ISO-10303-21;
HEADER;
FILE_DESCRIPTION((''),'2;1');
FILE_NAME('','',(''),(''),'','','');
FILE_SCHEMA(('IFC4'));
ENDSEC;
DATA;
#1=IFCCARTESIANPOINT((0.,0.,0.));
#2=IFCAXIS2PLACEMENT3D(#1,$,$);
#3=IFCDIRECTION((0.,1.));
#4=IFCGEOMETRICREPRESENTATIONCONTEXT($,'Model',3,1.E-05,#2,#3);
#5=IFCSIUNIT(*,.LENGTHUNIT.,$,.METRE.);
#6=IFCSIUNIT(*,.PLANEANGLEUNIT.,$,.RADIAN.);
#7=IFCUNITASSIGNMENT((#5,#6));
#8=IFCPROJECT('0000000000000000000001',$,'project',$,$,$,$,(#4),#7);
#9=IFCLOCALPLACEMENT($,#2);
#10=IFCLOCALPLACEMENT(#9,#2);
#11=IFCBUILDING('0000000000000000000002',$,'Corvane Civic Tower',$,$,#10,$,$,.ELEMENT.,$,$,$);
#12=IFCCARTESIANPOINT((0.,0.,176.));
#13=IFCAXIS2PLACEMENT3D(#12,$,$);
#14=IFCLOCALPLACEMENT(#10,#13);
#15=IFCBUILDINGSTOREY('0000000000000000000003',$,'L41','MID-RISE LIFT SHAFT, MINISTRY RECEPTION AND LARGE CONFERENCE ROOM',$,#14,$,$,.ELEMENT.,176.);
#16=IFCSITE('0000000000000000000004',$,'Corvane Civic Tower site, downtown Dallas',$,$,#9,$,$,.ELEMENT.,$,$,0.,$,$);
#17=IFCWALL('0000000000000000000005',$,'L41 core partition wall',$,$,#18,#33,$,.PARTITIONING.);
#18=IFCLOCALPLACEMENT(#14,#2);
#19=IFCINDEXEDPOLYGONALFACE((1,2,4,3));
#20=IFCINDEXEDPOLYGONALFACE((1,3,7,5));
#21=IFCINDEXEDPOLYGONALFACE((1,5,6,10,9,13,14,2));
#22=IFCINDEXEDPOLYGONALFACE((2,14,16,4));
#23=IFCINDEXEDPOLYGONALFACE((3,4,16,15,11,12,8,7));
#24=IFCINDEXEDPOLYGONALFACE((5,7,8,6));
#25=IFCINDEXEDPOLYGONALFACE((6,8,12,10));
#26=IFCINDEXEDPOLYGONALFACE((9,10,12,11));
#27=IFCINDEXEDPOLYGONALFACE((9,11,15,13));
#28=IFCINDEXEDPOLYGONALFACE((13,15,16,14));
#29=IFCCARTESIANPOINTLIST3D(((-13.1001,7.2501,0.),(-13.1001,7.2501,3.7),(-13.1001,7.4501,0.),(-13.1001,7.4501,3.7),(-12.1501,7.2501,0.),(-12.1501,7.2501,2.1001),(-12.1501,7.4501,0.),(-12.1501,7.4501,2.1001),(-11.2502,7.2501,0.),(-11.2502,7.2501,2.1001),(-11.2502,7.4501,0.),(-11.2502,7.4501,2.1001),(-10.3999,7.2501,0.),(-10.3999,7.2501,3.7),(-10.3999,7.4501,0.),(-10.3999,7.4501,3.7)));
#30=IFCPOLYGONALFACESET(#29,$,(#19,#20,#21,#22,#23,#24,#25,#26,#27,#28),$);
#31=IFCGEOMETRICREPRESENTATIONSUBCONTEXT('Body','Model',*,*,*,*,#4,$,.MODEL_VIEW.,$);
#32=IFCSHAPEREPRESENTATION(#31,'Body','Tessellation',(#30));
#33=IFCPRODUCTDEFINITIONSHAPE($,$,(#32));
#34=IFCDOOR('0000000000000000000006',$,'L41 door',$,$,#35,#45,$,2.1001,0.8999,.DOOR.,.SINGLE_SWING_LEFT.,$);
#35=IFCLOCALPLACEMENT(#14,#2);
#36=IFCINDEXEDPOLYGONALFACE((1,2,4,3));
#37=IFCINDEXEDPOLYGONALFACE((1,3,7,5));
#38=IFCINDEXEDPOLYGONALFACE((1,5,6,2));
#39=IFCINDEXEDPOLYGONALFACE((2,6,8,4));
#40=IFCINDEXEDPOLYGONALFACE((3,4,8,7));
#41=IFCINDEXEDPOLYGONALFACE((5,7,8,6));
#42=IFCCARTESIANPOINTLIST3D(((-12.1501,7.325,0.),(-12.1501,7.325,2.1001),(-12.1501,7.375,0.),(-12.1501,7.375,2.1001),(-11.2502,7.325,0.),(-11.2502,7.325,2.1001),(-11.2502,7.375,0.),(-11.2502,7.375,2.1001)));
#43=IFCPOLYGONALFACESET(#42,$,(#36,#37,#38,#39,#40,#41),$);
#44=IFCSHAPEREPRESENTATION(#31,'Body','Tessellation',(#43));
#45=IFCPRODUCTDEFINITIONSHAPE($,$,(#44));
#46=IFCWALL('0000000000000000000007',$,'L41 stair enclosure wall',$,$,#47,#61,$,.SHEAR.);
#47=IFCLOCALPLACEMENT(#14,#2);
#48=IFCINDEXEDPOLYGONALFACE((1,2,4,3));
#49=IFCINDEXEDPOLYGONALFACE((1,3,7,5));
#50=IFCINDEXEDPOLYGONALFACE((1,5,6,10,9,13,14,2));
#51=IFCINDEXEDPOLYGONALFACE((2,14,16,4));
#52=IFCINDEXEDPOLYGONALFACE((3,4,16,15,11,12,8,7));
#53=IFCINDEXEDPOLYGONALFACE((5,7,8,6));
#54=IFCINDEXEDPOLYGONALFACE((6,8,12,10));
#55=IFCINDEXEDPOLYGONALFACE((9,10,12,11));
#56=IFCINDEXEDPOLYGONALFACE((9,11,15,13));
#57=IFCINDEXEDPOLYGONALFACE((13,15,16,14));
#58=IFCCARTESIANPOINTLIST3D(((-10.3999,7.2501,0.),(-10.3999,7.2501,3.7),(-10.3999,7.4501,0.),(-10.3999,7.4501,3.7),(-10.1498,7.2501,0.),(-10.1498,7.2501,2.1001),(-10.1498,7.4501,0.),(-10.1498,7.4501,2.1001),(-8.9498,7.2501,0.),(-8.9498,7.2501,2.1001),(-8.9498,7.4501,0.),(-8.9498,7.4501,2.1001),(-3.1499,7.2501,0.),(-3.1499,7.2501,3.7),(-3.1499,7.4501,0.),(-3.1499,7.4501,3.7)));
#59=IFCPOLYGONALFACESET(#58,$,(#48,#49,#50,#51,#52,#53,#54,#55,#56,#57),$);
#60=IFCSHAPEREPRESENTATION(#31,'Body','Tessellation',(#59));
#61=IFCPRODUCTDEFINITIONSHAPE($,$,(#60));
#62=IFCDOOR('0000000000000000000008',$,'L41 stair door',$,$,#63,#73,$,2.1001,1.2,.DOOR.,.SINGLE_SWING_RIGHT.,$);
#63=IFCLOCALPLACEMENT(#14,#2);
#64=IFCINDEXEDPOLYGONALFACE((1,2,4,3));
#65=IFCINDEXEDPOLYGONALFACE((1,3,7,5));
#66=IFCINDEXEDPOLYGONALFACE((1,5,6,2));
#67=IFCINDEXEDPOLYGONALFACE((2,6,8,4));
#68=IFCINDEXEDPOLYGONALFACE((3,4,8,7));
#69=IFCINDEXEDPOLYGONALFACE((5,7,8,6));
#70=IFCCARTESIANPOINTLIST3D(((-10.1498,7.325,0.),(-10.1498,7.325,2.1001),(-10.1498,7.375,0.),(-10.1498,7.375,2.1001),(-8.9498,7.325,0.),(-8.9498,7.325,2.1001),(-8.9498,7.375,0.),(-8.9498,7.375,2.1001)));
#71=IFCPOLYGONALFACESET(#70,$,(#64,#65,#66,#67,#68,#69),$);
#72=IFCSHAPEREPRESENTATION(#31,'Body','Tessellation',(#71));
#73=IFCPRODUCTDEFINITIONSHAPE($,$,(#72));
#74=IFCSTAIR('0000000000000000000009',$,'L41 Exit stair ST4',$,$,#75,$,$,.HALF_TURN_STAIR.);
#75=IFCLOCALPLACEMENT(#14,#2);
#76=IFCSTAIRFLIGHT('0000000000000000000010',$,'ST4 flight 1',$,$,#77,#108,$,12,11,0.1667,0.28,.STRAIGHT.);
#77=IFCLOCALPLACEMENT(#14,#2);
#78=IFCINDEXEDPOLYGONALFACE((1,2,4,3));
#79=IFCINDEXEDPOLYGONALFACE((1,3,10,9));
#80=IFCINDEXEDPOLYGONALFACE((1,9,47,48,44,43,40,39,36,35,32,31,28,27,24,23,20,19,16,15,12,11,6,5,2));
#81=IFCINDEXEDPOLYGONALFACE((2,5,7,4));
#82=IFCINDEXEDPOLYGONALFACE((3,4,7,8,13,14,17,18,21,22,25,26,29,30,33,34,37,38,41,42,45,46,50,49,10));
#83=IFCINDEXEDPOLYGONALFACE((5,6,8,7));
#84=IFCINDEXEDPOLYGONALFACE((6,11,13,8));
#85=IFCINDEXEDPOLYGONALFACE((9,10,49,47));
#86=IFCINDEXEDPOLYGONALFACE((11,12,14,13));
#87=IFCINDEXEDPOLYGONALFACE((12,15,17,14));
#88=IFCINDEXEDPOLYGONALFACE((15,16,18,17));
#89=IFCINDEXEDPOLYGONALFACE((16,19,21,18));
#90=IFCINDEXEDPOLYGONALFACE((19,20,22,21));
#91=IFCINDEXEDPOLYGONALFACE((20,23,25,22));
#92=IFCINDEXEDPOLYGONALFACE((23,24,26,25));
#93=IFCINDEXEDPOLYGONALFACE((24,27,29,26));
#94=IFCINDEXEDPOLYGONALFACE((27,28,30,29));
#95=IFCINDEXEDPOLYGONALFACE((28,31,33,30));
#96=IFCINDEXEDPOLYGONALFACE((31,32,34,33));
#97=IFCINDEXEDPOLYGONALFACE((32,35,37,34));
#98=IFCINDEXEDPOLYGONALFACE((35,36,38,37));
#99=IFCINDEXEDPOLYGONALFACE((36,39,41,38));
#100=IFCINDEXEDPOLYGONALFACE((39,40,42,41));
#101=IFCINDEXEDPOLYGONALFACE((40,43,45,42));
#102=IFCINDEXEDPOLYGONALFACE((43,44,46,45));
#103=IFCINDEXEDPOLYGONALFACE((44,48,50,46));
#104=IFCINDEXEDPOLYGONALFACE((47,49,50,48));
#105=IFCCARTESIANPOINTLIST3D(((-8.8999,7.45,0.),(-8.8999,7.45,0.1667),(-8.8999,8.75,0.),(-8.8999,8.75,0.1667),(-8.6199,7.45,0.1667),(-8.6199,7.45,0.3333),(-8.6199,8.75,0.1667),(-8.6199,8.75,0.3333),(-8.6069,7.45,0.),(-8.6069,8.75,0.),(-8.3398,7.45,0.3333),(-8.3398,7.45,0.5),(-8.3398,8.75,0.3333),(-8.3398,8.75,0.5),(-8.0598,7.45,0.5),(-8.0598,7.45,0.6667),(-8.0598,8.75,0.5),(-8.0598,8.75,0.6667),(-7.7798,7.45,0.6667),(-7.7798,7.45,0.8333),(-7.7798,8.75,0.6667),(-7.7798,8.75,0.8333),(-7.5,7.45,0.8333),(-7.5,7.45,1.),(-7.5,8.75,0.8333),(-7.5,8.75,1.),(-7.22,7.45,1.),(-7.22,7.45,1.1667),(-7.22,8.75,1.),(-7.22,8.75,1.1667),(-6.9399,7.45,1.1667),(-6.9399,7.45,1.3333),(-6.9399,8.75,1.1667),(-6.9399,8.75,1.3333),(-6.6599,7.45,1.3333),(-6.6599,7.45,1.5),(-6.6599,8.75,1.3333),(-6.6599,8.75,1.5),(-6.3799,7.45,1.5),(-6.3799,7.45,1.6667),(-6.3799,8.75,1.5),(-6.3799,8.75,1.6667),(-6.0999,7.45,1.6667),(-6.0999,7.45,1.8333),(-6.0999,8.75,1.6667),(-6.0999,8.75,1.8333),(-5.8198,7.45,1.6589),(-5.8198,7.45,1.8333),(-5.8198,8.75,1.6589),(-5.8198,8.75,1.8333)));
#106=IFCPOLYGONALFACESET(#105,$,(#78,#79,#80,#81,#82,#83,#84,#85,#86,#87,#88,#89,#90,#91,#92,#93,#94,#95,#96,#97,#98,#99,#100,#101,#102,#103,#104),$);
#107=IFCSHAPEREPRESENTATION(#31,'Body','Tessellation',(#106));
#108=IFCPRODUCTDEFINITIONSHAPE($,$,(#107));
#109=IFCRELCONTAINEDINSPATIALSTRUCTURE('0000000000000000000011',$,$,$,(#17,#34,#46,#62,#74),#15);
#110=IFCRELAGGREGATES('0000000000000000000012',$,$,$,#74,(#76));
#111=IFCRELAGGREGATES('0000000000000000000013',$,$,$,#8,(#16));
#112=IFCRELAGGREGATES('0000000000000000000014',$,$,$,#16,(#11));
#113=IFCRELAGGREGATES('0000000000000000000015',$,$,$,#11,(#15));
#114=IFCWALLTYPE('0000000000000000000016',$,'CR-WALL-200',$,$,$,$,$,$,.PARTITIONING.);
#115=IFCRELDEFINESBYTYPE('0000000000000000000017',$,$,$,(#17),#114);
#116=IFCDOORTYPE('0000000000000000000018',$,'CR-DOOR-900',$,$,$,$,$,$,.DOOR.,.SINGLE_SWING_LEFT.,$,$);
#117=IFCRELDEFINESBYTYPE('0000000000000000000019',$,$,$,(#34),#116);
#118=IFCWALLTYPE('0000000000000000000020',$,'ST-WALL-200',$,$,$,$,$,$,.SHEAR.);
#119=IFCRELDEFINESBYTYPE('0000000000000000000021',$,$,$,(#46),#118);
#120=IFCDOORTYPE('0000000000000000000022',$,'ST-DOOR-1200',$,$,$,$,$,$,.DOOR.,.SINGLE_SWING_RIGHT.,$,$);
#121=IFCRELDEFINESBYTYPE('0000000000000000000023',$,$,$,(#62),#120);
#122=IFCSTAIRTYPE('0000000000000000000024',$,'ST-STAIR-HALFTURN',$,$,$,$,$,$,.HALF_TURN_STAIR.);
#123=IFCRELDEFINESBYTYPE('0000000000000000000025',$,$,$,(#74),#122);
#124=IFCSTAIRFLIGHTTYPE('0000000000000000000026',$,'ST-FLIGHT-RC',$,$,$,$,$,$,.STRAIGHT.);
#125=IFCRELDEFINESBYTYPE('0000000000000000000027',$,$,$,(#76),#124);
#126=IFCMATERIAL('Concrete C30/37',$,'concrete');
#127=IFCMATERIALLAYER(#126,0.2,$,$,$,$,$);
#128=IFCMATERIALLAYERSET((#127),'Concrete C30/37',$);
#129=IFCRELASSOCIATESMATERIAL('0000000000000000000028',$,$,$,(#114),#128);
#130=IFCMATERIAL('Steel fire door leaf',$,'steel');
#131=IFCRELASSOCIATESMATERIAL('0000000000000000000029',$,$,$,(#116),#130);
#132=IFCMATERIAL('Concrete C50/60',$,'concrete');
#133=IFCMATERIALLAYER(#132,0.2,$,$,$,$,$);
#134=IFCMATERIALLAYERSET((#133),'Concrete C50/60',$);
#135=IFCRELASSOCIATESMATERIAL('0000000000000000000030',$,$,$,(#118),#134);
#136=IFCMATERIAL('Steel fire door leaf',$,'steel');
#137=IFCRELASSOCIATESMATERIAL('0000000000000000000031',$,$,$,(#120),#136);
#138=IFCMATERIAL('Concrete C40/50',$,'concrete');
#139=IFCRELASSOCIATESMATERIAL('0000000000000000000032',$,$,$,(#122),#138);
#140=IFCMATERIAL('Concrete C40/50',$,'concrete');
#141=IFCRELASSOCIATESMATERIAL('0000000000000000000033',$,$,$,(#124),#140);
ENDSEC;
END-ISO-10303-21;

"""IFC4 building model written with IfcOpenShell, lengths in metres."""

from ifc_helpers import new_model, si_unit, direction, frame, frame_2d, origin, place, context, subcontext, project, spatial, polyline, rectangle, outline, extrude, material, layer, layer_set, type_object, element, fill, aggregate, save


model = new_model("IFC4")

# Units and contexts
model_context = context("Model", 3, precision=1e-05, world=origin(), true_north=direction((0.0, 1.0)))
body_context = subcontext(model_context, "Body", "Model", "MODEL_VIEW")
ifc_project = project(units=[si_unit("LENGTHUNIT", "METRE"), si_unit("PLANEANGLEUNIT", "RADIAN")], contexts=[model_context])

# Site, building, storey
site_placement = place(None, origin())
site = spatial("IfcSite", under=ifc_project, at=site_placement, Name="Corvane Civic Tower site, downtown Dallas", CompositionType="ELEMENT", RefElevation=0.0)
building_placement = place(site_placement, origin())
building = spatial("IfcBuilding", under=site, at=building_placement, Name="Corvane Civic Tower", CompositionType="ELEMENT")
storey_placement = place(building_placement, frame((0.0, 0.0, 176.0)))
storey = spatial("IfcBuildingStorey", under=building, at=storey_placement, Name="L41", Description="MID-RISE LIFT SHAFT, MINISTRY RECEPTION AND LARGE CONFERENCE ROOM", CompositionType="ELEMENT", Elevation=176.0)

# Shared definitions
ifc_material_1 = material(Name="Concrete C30/37", Category="concrete")
ifc_layer_1 = layer(ifc_material_1, 0.2)
ifc_layer_set_1 = layer_set([ifc_layer_1], Name="Concrete C30/37")
wall_type_1 = type_object("IfcWallType", Name="CR-WALL-200", PredefinedType="PARTITIONING", material=ifc_layer_set_1)
ifc_material_2 = material(Name="Steel fire door leaf", Category="steel")
door_type_1 = type_object("IfcDoorType", Name="CR-DOOR-900", OperationType="SINGLE_SWING_LEFT", PredefinedType="DOOR", material=ifc_material_2)

# Walls, openings, doors
wall_1_placement = place(storey_placement, frame((-13.1001, 7.3501, 0.0), z_axis=(0.0, 0.0, 1.0), x_axis=(1.0, 0.0, 0.0)))
wall_1 = element("IfcWall", 1, at=wall_1_placement, inside=storey, type_object=wall_type_1, Name="L41 core partition wall", PredefinedType="PARTITIONING", context=body_context, shape_type="SweptSolid", body=[
    extrude(rectangle(XDim=2.7002, YDim=0.2, at=frame_2d((1.3501, 0.0))), origin(), (0.0, 0.0, 1.0), 3.7),
])
opening_1_placement = place(wall_1_placement, frame((0.95, 0.0, 0.0)))
opening_1 = element("IfcOpeningElement", 2, at=opening_1_placement, cuts=wall_1, PredefinedType="OPENING", context=body_context, shape_type="SweptSolid", body=[
    extrude(rectangle(XDim=0.8999, YDim=2.1001, at=frame_2d((0.45, 1.05))), frame((0.0, 0.1099, 0.0), z_axis=(0.0, -1.0, 0.0), x_axis=(1.0, 0.0, 0.0)), (0.0, 0.0, 1.0), 0.22),
])
door_1_placement = place(opening_1_placement, origin())
door_1 = element("IfcDoor", 3, at=door_1_placement, inside=storey, type_object=door_type_1, Name="L41 door", OperationType="SINGLE_SWING_LEFT", OverallHeight=2.1001, OverallWidth=0.8999, PredefinedType="DOOR", context=body_context, shape_type="SweptSolid", body=[
    extrude(rectangle(XDim=0.8999, YDim=2.1001, at=frame_2d((0.45, 1.05))), frame((0.0, 0.0249, 0.0), z_axis=(0.0, -1.0, 0.0), x_axis=(1.0, 0.0, 0.0)), (0.0, 0.0, 1.0), 0.05),
])
fill(opening_1, door_1)
ifc_material_3 = material(Name="Concrete C50/60", Category="concrete")
ifc_layer_2 = layer(ifc_material_3, 0.2)
ifc_layer_set_2 = layer_set([ifc_layer_2], Name="Concrete C50/60")
wall_type_2 = type_object("IfcWallType", Name="ST-WALL-200", PredefinedType="SHEAR", material=ifc_layer_set_2)
wall_2_placement = place(storey_placement, frame((-10.3999, 7.3501, 0.0), z_axis=(0.0, 0.0, 1.0), x_axis=(1.0, 0.0, 0.0)))
wall_2 = element("IfcWall", 4, at=wall_2_placement, inside=storey, type_object=wall_type_2, Name="L41 stair enclosure wall", PredefinedType="SHEAR", context=body_context, shape_type="SweptSolid", body=[
    extrude(rectangle(XDim=7.25, YDim=0.2, at=frame_2d((3.625, 0.0))), origin(), (0.0, 0.0, 1.0), 3.7),
])
opening_2_placement = place(wall_2_placement, frame((0.25, 0.0, 0.0)))
opening_2 = element("IfcOpeningElement", 5, at=opening_2_placement, cuts=wall_2, PredefinedType="OPENING", context=body_context, shape_type="SweptSolid", body=[
    extrude(rectangle(XDim=1.2, YDim=2.1001, at=frame_2d((0.6001, 1.05))), frame((0.0, 0.1099, 0.0), z_axis=(0.0, -1.0, 0.0), x_axis=(1.0, 0.0, 0.0)), (0.0, 0.0, 1.0), 0.22),
])
ifc_material_4 = material(Name="Steel fire door leaf", Category="steel")
door_type_2 = type_object("IfcDoorType", Name="ST-DOOR-1200", OperationType="SINGLE_SWING_RIGHT", PredefinedType="DOOR", material=ifc_material_4)
door_2_placement = place(opening_2_placement, origin())
door_2 = element("IfcDoor", 6, at=door_2_placement, inside=storey, type_object=door_type_2, Name="L41 stair door", OperationType="SINGLE_SWING_RIGHT", OverallHeight=2.1001, OverallWidth=1.2, PredefinedType="DOOR", context=body_context, shape_type="SweptSolid", body=[
    extrude(rectangle(XDim=1.2, YDim=2.1001, at=frame_2d((0.6001, 1.05))), frame((0.0, 0.0249, 0.0), z_axis=(0.0, -1.0, 0.0), x_axis=(1.0, 0.0, 0.0)), (0.0, 0.0, 1.0), 0.05),
])
fill(opening_2, door_2)

# Stair, stair flight
ifc_material_5 = material(Name="Concrete C40/50", Category="concrete")
stair_type = type_object("IfcStairType", Name="ST-STAIR-HALFTURN", PredefinedType="HALF_TURN_STAIR", material=ifc_material_5)
stair_placement = place(storey_placement, origin())
stair = element("IfcStair", 7, at=stair_placement, inside=storey, type_object=stair_type, Name="L41 Exit stair ST4", PredefinedType="HALF_TURN_STAIR")
ifc_material_6 = material(Name="Concrete C40/50", Category="concrete")
stair_flight_type = type_object("IfcStairFlightType", Name="ST-FLIGHT-RC", PredefinedType="STRAIGHT", material=ifc_material_6)
stair_flight_placement = place(storey_placement, frame((-8.8999, 8.1001, 0.0), z_axis=(0.0, 0.0, 1.0), x_axis=(1.0, 0.0, 0.0)))
stair_flight = element("IfcStairFlight", 8, at=stair_flight_placement, type_object=stair_flight_type, Name="ST4 flight 1", NumberOfRisers=12, NumberOfTreads=11, PredefinedType="STRAIGHT", RiserHeight=0.1667, TreadLength=0.28, context=body_context, shape_type="SweptSolid", body=[
    extrude(outline(polyline([(0.0, 0.0), (0.0, 0.1667), (0.28, 0.1667), (0.28, 0.3333), (0.5601, 0.3333), (0.5601, 0.5), (0.8401, 0.5), (0.8401, 0.6667), (1.1201, 0.6667), (1.1201, 0.8333), (1.3999, 0.8333), (1.3999, 1.0), (1.6799, 1.0), (1.6799, 1.1667), (1.96, 1.1667), (1.96, 1.3333), (2.24, 1.3333), (2.24, 1.5), (2.52, 1.5), (2.52, 1.6667), (2.8, 1.6667), (2.8, 1.8333), (3.0801, 1.8333), (3.0801, 2.0), (3.0801, 1.6589), (0.293, 0.0), (0.0, 0.0)])), frame((0.0, 0.6499, 0.0), z_axis=(0.0, -1.0, 0.0), x_axis=(1.0, 0.0, 0.0)), (0.0, 0.0, 1.0), 1.3),
])
aggregate(stair, [stair_flight])

save(model, "model.ifc")
